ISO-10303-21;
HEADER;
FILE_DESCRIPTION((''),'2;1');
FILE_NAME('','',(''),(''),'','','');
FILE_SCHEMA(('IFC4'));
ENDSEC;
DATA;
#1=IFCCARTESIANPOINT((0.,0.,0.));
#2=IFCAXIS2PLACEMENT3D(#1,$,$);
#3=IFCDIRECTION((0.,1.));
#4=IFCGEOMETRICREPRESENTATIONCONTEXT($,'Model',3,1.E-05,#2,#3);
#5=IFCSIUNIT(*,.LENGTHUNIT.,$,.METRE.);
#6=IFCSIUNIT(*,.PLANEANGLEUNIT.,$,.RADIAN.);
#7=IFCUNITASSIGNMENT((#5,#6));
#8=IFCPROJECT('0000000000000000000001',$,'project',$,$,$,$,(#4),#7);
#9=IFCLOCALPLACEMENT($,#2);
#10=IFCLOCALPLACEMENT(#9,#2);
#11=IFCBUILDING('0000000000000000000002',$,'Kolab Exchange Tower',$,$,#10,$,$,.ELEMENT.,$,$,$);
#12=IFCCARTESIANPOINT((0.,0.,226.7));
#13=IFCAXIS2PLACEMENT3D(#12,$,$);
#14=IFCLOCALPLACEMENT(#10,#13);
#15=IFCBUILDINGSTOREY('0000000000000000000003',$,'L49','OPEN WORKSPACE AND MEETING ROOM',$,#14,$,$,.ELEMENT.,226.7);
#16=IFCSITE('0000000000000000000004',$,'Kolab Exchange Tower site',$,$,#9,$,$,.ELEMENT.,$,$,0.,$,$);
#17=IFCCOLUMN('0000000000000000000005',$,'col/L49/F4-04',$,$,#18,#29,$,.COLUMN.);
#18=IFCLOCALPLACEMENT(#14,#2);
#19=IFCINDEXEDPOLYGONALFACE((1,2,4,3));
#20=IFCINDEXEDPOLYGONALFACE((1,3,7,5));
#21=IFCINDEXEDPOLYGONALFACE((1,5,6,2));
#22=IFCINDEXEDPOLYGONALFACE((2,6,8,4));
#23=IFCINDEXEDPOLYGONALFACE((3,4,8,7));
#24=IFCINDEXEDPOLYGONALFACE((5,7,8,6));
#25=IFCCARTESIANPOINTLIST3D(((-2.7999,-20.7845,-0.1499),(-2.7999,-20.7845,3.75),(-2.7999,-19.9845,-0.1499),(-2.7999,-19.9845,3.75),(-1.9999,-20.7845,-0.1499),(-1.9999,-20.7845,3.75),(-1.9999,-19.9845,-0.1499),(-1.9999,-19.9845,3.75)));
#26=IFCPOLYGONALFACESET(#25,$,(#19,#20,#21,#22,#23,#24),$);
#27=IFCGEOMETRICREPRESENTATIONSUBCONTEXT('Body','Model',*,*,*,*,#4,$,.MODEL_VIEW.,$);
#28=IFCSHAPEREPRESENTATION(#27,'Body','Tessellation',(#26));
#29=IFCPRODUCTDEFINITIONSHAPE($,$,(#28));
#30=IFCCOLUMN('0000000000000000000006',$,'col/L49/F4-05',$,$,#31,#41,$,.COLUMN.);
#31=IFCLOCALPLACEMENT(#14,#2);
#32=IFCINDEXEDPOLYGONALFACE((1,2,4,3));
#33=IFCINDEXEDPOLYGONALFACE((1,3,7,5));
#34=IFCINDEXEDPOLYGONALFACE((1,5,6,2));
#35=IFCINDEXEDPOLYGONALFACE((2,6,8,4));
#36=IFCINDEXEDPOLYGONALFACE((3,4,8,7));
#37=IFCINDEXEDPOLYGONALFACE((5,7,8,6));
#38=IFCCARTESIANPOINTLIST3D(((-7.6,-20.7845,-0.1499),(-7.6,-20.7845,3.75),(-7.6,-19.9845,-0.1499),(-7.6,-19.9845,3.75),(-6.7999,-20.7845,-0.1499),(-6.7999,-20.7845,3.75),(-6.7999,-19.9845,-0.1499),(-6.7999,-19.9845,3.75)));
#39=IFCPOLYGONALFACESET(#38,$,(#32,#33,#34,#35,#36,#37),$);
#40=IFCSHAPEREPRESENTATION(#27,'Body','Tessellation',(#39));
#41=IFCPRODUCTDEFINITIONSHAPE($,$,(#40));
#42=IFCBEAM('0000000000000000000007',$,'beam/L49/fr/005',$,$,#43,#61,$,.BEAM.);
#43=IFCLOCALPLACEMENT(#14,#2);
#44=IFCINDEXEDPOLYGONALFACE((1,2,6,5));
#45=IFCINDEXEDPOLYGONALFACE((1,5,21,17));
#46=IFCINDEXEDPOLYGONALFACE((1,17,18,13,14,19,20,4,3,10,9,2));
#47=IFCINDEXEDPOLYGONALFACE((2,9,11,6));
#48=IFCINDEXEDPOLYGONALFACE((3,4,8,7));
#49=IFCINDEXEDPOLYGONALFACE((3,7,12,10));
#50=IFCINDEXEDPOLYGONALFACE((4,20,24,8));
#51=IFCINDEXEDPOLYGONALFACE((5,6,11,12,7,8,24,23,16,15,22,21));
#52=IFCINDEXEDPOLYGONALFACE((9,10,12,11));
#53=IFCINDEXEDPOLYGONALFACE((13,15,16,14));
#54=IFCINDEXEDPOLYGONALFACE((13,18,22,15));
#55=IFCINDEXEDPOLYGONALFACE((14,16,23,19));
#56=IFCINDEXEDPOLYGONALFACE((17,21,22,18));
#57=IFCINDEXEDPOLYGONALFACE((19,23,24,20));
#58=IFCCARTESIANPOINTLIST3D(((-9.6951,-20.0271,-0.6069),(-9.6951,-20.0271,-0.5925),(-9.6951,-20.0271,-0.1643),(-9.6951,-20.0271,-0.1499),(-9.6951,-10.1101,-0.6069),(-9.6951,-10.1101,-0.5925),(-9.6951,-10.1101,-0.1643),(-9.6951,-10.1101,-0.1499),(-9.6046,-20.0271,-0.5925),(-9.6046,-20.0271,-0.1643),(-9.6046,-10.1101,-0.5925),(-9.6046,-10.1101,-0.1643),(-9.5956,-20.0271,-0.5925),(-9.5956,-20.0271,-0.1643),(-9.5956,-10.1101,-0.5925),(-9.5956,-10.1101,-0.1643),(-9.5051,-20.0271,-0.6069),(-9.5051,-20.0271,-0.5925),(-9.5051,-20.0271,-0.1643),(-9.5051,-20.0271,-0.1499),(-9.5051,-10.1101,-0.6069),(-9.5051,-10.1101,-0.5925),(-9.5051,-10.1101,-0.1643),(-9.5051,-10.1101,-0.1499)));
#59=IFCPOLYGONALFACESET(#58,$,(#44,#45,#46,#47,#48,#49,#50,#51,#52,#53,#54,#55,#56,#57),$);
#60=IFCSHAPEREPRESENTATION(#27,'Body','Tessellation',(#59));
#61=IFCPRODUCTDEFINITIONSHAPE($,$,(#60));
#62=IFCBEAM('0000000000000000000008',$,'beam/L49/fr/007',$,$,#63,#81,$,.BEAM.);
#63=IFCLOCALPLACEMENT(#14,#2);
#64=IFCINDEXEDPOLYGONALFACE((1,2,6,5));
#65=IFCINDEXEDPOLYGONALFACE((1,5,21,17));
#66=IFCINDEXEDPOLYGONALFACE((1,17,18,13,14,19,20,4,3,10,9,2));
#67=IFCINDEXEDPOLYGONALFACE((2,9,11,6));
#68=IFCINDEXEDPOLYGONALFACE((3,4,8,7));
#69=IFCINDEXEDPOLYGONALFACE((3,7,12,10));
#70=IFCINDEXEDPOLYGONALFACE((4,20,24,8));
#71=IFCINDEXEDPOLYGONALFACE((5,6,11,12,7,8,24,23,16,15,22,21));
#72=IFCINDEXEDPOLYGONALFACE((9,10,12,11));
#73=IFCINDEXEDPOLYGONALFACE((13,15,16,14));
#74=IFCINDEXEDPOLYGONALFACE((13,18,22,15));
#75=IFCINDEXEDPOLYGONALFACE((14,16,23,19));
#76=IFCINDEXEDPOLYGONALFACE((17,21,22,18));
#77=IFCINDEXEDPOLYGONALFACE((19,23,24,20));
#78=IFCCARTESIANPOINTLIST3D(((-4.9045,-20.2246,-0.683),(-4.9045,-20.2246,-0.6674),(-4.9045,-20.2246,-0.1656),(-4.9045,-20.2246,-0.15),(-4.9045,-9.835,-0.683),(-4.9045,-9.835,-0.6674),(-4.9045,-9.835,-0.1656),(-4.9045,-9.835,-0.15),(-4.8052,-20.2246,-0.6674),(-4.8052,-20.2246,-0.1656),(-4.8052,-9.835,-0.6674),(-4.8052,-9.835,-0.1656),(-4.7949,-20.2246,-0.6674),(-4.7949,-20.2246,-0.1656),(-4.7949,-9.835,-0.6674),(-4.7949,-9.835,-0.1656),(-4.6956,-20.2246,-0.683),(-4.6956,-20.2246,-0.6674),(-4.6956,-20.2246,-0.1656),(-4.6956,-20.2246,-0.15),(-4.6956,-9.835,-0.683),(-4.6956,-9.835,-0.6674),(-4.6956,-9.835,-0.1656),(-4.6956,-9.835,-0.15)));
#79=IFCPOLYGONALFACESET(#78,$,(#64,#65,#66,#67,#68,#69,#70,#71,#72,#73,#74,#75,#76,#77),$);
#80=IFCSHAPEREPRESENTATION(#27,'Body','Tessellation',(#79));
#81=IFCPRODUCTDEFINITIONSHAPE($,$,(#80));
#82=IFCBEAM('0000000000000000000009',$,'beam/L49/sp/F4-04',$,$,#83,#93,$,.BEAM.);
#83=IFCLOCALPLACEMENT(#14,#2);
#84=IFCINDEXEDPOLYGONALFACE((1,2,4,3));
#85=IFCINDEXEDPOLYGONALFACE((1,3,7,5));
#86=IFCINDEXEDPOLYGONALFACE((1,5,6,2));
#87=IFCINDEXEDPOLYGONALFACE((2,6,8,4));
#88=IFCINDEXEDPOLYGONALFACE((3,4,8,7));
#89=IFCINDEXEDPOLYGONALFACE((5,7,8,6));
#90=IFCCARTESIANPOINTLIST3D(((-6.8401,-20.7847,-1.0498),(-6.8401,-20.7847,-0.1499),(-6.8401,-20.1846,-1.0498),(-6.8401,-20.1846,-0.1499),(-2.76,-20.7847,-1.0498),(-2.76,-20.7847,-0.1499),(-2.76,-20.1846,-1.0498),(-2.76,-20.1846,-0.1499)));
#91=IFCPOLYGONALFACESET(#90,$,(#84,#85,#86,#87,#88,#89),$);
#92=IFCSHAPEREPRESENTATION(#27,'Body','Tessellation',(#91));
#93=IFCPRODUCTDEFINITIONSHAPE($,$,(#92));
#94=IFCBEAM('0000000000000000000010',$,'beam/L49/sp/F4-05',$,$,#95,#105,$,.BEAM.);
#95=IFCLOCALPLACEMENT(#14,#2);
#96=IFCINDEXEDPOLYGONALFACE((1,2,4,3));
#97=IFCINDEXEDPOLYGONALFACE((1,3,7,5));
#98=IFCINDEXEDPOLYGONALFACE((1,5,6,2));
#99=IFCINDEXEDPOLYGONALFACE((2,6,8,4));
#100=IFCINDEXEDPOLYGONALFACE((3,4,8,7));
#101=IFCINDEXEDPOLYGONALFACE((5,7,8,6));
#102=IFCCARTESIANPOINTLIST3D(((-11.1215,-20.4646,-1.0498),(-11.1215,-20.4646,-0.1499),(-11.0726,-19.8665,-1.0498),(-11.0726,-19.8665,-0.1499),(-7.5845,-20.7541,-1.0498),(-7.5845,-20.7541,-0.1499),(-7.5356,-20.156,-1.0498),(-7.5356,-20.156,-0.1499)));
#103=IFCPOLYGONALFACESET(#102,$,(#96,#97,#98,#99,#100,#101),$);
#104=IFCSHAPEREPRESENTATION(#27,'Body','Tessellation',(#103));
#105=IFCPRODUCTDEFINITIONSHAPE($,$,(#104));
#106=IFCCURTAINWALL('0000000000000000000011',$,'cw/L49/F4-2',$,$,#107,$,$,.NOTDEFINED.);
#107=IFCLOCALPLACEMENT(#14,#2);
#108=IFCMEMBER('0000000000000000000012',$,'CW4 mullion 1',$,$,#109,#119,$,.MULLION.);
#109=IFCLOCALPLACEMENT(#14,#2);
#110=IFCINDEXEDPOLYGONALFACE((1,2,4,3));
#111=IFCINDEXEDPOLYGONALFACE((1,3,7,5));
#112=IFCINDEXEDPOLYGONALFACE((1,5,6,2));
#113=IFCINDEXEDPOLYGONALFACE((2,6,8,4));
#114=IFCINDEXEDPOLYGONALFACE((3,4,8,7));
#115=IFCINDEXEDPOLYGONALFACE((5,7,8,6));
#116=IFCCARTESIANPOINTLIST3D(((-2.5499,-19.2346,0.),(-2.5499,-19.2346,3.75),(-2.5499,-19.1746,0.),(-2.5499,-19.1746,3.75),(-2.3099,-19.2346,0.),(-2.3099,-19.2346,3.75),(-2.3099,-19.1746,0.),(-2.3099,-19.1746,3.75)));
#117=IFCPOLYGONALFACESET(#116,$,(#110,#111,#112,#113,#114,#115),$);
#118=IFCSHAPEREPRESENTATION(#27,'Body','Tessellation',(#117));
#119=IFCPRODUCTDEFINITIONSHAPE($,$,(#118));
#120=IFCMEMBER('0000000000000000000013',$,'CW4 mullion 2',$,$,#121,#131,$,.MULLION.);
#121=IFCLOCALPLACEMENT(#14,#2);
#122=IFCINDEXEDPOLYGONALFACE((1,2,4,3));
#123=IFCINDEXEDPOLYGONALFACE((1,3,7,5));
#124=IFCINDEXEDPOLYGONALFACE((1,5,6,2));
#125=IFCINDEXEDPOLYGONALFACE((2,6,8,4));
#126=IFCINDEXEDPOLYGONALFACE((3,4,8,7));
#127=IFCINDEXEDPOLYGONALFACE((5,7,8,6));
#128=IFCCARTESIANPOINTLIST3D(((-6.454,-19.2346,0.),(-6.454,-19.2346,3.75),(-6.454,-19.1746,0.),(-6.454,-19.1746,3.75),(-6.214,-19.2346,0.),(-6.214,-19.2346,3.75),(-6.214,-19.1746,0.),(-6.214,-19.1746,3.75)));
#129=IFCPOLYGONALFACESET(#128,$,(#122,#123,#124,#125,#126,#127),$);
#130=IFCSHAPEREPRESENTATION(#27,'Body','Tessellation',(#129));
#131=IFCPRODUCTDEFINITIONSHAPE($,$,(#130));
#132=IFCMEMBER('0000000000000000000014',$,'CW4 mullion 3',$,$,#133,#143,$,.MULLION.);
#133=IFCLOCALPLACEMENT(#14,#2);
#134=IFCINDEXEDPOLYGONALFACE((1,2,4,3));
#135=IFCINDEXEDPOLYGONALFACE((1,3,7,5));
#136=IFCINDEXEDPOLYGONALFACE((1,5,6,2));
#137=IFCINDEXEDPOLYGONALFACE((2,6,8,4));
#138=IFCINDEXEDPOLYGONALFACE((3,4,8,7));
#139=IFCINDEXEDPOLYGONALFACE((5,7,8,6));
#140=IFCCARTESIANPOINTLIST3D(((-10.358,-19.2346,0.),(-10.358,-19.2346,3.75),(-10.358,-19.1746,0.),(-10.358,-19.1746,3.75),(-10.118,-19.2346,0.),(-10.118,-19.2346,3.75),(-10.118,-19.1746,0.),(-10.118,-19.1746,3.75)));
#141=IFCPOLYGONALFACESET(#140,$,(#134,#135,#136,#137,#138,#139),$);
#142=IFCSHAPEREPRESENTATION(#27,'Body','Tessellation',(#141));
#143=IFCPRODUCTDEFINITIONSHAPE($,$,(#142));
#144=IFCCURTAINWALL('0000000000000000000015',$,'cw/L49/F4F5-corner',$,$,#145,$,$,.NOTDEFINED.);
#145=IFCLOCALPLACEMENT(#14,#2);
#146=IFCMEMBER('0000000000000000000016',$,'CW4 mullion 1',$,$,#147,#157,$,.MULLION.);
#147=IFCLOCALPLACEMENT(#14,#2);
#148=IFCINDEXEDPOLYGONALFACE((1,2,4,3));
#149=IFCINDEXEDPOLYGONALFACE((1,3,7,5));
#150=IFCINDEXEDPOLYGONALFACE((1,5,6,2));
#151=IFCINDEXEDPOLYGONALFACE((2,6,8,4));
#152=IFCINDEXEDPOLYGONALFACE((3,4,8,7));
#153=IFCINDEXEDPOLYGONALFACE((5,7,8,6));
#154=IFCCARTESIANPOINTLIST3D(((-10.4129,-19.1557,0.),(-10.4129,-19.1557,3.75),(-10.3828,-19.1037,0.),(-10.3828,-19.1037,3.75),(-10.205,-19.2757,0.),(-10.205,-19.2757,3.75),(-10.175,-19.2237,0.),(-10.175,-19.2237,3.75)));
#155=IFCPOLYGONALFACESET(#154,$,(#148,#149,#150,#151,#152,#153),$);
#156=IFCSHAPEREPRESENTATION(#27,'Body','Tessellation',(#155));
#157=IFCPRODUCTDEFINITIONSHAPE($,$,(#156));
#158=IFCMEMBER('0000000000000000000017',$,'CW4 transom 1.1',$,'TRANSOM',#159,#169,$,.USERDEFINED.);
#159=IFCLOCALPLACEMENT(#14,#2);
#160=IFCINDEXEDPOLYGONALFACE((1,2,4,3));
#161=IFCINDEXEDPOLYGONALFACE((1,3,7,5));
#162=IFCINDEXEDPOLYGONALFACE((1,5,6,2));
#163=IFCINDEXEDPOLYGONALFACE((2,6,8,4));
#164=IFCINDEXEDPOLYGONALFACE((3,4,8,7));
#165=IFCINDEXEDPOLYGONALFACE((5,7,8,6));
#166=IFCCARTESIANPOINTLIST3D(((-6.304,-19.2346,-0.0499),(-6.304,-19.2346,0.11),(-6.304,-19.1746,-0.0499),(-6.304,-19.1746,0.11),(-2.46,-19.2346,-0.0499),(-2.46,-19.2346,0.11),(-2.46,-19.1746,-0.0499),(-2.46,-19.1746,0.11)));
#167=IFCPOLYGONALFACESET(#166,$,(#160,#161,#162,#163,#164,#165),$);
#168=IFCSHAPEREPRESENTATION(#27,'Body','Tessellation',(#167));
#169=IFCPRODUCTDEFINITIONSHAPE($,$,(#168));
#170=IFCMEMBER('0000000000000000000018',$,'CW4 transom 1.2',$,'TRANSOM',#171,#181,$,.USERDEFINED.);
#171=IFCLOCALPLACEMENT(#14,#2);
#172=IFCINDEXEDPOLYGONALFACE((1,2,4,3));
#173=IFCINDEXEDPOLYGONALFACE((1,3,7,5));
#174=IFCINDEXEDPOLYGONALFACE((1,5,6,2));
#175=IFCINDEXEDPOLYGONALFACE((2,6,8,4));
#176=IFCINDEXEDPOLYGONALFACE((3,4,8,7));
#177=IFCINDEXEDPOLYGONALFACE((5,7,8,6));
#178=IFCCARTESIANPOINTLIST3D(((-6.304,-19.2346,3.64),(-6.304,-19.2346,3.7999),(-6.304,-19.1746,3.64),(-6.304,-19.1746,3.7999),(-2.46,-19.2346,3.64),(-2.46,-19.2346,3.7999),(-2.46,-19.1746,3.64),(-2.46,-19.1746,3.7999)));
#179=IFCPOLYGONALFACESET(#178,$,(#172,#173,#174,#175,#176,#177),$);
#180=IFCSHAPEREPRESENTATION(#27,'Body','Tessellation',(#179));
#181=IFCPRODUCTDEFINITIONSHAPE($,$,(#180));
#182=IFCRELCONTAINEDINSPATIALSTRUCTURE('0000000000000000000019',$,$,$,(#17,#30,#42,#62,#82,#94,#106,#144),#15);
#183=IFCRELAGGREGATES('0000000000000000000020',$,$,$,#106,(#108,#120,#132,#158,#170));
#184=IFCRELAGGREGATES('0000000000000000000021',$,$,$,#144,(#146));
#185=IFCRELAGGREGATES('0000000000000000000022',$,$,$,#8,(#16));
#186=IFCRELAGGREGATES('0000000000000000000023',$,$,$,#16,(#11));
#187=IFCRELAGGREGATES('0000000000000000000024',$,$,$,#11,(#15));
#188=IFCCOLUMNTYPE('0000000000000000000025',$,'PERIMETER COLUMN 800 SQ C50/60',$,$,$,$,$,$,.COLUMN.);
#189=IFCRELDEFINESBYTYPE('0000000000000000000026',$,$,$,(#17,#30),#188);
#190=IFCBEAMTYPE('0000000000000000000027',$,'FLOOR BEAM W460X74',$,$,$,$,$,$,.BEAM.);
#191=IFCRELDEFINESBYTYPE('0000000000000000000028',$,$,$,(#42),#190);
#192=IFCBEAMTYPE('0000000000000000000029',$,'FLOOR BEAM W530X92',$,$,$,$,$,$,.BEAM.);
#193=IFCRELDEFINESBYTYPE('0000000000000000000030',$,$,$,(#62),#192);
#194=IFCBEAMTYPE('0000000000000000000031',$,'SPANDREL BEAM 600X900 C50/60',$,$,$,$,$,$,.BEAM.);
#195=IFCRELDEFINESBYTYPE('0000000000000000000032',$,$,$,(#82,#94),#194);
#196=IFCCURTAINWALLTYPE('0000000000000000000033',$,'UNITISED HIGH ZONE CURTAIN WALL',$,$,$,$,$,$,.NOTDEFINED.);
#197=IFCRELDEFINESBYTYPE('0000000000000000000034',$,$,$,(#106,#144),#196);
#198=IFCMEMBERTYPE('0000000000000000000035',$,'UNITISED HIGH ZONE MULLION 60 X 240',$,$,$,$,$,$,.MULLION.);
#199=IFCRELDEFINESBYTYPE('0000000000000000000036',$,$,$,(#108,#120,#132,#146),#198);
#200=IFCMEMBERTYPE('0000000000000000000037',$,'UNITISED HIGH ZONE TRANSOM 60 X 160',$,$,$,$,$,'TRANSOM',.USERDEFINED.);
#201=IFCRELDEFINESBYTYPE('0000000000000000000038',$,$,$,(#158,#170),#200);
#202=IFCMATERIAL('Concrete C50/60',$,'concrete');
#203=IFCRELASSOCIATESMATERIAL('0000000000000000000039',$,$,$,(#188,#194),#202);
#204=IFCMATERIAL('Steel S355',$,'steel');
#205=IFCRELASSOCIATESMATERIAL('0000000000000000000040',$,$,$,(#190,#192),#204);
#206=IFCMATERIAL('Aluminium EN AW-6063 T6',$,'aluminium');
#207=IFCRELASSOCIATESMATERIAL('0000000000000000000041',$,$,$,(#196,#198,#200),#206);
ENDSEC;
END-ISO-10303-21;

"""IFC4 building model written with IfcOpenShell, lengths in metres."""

from ifc_helpers import new_model, si_unit, direction, frame, origin, origin_2d, place, context, subcontext, project, spatial, rectangle, i_section, extrude, material, material_profile, profile_set, type_object, element, aggregate, save


model = new_model("IFC4")

# Units and contexts
model_context = context("Model", 3, precision=1e-05, world=origin(), true_north=direction((0.0, 1.0)))
body_context = subcontext(model_context, "Body", "Model", "MODEL_VIEW")
ifc_project = project(units=[si_unit("LENGTHUNIT", "METRE"), si_unit("PLANEANGLEUNIT", "RADIAN")], contexts=[model_context])

# Site, building, storey
site_placement = place(None, origin())
site = spatial("IfcSite", under=ifc_project, at=site_placement, Name="Kolab Exchange Tower site", CompositionType="ELEMENT", RefElevation=0.0)
building_placement = place(site_placement, origin())
building = spatial("IfcBuilding", under=site, at=building_placement, Name="Kolab Exchange Tower", CompositionType="ELEMENT")
storey_placement = place(building_placement, frame((0.0, 0.0, 226.7)))
storey = spatial("IfcBuildingStorey", under=building, at=storey_placement, Name="L49", Description="OPEN WORKSPACE AND MEETING ROOM", CompositionType="ELEMENT", Elevation=226.7)

# Columns
ifc_material_1 = material(Name="Concrete C50/60", Category="concrete")
ifc_material_profile_1 = material_profile(ifc_material_1, rectangle(XDim=0.8, YDim=0.8, at=origin_2d()), Name="RC800")
ifc_profile_set_1 = profile_set([ifc_material_profile_1], Name="Concrete C50/60")
column_type = type_object("IfcColumnType", Name="PERIMETER COLUMN 800 SQ C50/60", PredefinedType="COLUMN", material=ifc_profile_set_1)
for number, where, z_axis, x_axis, name in (
    (1, (-2.3999, -20.3845, -0.1499), (0.0, 0.0, 1.0), (1.0, 0.0, 0.0), "col/L49/F4-04"),
    (2, (-7.2, -20.3845, -0.1499), (0.0, 0.0, 1.0), (1.0, 0.0, 0.0), "col/L49/F4-05"),
):
    element("IfcColumn", number, at=place(storey_placement, frame(where, z_axis=z_axis, x_axis=x_axis)), inside=storey, type_object=column_type, Name=name, PredefinedType="COLUMN", context=body_context, shape_type="SweptSolid", body=[
        extrude(rectangle(XDim=0.8, YDim=0.8, at=origin_2d()), origin(), (0.0, 0.0, 1.0), 3.8999),
    ])

# Beams
ifc_material_2 = material(Name="Steel S355", Category="steel")
ifc_material_profile_2 = material_profile(ifc_material_2, i_section(OverallWidth=0.1899, OverallDepth=0.457, WebThickness=0.009, FlangeThickness=0.0144, at=origin_2d()), Name="W460X74")
ifc_profile_set_2 = profile_set([ifc_material_profile_2], Name="Steel S355")
beam_type_1 = type_object("IfcBeamType", Name="FLOOR BEAM W460X74", PredefinedType="BEAM", material=ifc_profile_set_2)
beam_1_placement = place(storey_placement, frame((-9.6001, -20.0271, -0.3784), z_axis=(0.0, 1.0, 0.0), x_axis=(-1.0, 0.0, 0.0)))
element("IfcBeam", 3, at=beam_1_placement, inside=storey, type_object=beam_type_1, Name="beam/L49/fr/005", PredefinedType="BEAM", context=body_context, shape_type="SweptSolid", body=[
    extrude(i_section(OverallWidth=0.1899, OverallDepth=0.457, WebThickness=0.009, FlangeThickness=0.0144, at=origin_2d()), origin(), (0.0, 0.0, 1.0), 9.917),
])
ifc_material_profile_3 = material_profile(ifc_material_2, i_section(OverallWidth=0.209, OverallDepth=0.533, WebThickness=0.0103, FlangeThickness=0.0156, at=origin_2d()), Name="W530X92")
ifc_profile_set_3 = profile_set([ifc_material_profile_3], Name="Steel S355")
beam_type_2 = type_object("IfcBeamType", Name="FLOOR BEAM W530X92", PredefinedType="BEAM", material=ifc_profile_set_3)
beam_2_placement = place(storey_placement, frame((-4.8, -20.2246, -0.4165), z_axis=(0.0, 1.0, 0.0), x_axis=(-1.0, 0.0, 0.0)))
element("IfcBeam", 4, at=beam_2_placement, inside=storey, type_object=beam_type_2, Name="beam/L49/fr/007", PredefinedType="BEAM", context=body_context, shape_type="SweptSolid", body=[
    extrude(i_section(OverallWidth=0.209, OverallDepth=0.533, WebThickness=0.0103, FlangeThickness=0.0156, at=origin_2d()), origin(), (0.0, 0.0, 1.0), 10.3896),
])
ifc_material_profile_4 = material_profile(ifc_material_1, rectangle(XDim=0.6001, YDim=0.8999, at=origin_2d()), Name="RC600X900")
ifc_profile_set_4 = profile_set([ifc_material_profile_4], Name="Concrete C50/60")
beam_type_3 = type_object("IfcBeamType", Name="SPANDREL BEAM 600X900 C50/60", PredefinedType="BEAM", material=ifc_profile_set_4)
beam_3_placement = place(storey_placement, frame((-2.76, -20.4846, -0.5999), z_axis=(-1.0, 0.0, 0.0), x_axis=(0.0, -1.0, 0.0)))
element("IfcBeam", 5, at=beam_3_placement, inside=storey, type_object=beam_type_3, Name="beam/L49/sp/F4-04", PredefinedType="BEAM", context=body_context, shape_type="SweptSolid", body=[
    extrude(rectangle(XDim=0.6001, YDim=0.8999, at=origin_2d()), origin(), (0.0, 0.0, 1.0), 4.0801),
])
beam_4_placement = place(storey_placement, frame((-7.5601, -20.4551, -0.5999), z_axis=(-0.996666, 0.081588, 0.0), x_axis=(-0.081588, -0.996666, 0.0)))
element("IfcBeam", 6, at=beam_4_placement, inside=storey, type_object=beam_type_3, Name="beam/L49/sp/F4-05", PredefinedType="BEAM", context=body_context, shape_type="SweptSolid", body=[
    extrude(rectangle(XDim=0.6001, YDim=0.8999, at=origin_2d()), origin(), (0.0, 0.0, 1.0), 3.5488),
])

# Curtain wall, members
ifc_material_3 = material(Name="Aluminium EN AW-6063 T6", Category="aluminium")
curtain_wall_type = type_object("IfcCurtainWallType", Name="UNITISED HIGH ZONE CURTAIN WALL", PredefinedType="NOTDEFINED", material=ifc_material_3)
curtain_wall_1_placement = place(storey_placement, origin())
curtain_wall_1 = element("IfcCurtainWall", 7, at=curtain_wall_1_placement, inside=storey, type_object=curtain_wall_type, Name="cw/L49/F4-2", PredefinedType="NOTDEFINED")
ifc_material_profile_5 = material_profile(ifc_material_3, rectangle(XDim=0.0601, YDim=0.24, at=origin_2d()), Name="RECT 60X240")
ifc_profile_set_5 = profile_set([ifc_material_profile_5], Name="Aluminium EN AW-6063 T6")
member_type_1 = type_object("IfcMemberType", Name="UNITISED HIGH ZONE MULLION 60 X 240", PredefinedType="MULLION", material=ifc_profile_set_5)
member_1_placement = place(storey_placement, frame((-2.4299, -19.2046, 0.0), z_axis=(0.0, 0.0, 1.0), x_axis=(0.0, -1.0, 0.0)))
member_1 = element("IfcMember", 8, at=member_1_placement, type_object=member_type_1, Name="CW4 mullion 1", PredefinedType="MULLION", context=body_context, shape_type="SweptSolid", body=[
    extrude(rectangle(XDim=0.0601, YDim=0.24, at=origin_2d()), origin(), (0.0, 0.0, 1.0), 3.75),
])
member_2_placement = place(storey_placement, frame((-6.334, -19.2046, 0.0), z_axis=(0.0, 0.0, 1.0), x_axis=(0.0, -1.0, 0.0)))
member_2 = element("IfcMember", 9, at=member_2_placement, type_object=member_type_1, Name="CW4 mullion 2", PredefinedType="MULLION", context=body_context, shape_type="SweptSolid", body=[
    extrude(rectangle(XDim=0.0601, YDim=0.24, at=origin_2d()), origin(), (0.0, 0.0, 1.0), 3.75),
])
member_3_placement = place(storey_placement, frame((-10.238, -19.2046, 0.0), z_axis=(0.0, 0.0, 1.0), x_axis=(0.0, -1.0, 0.0)))
member_3 = element("IfcMember", 10, at=member_3_placement, type_object=member_type_1, Name="CW4 mullion 3", PredefinedType="MULLION", context=body_context, shape_type="SweptSolid", body=[
    extrude(rectangle(XDim=0.0601, YDim=0.24, at=origin_2d()), origin(), (0.0, 0.0, 1.0), 3.75),
])

# Curtain wall, member
curtain_wall_2_placement = place(storey_placement, origin())
curtain_wall_2 = element("IfcCurtainWall", 11, at=curtain_wall_2_placement, inside=storey, type_object=curtain_wall_type, Name="cw/L49/F4F5-corner", PredefinedType="NOTDEFINED")
member_4_placement = place(storey_placement, frame((-10.2939, -19.1897, 0.0), z_axis=(0.0, 0.0, 1.0), x_axis=(-0.5, -0.866025, 0.0)))
member_4 = element("IfcMember", 12, at=member_4_placement, type_object=member_type_1, Name="CW4 mullion 1", PredefinedType="MULLION", context=body_context, shape_type="SweptSolid", body=[
    extrude(rectangle(XDim=0.0601, YDim=0.24, at=origin_2d()), origin(), (0.0, 0.0, 1.0), 3.75),
])

# Members
ifc_material_profile_6 = material_profile(ifc_material_3, rectangle(XDim=0.0601, YDim=0.1599, at=origin_2d()), Name="RECT 60X160")
ifc_profile_set_6 = profile_set([ifc_material_profile_6], Name="Aluminium EN AW-6063 T6")
member_type_2 = type_object("IfcMemberType", Name="UNITISED HIGH ZONE TRANSOM 60 X 160", ElementType="TRANSOM", PredefinedType="USERDEFINED", material=ifc_profile_set_6)
member_5_placement = place(storey_placement, frame((-2.46, -19.2046, 0.03), z_axis=(-1.0, 0.0, 0.0), x_axis=(0.0, -1.0, 0.0)))
member_5 = element("IfcMember", 13, at=member_5_placement, type_object=member_type_2, Name="CW4 transom 1.1", ObjectType="TRANSOM", PredefinedType="USERDEFINED", context=body_context, shape_type="SweptSolid", body=[
    extrude(rectangle(XDim=0.0601, YDim=0.1599, at=origin_2d()), origin(), (0.0, 0.0, 1.0), 3.844),
])
member_6_placement = place(storey_placement, frame((-2.46, -19.2046, 3.72), z_axis=(-1.0, 0.0, 0.0), x_axis=(0.0, -1.0, 0.0)))
member_6 = element("IfcMember", 14, at=member_6_placement, type_object=member_type_2, Name="CW4 transom 1.2", ObjectType="TRANSOM", PredefinedType="USERDEFINED", context=body_context, shape_type="SweptSolid", body=[
    extrude(rectangle(XDim=0.0601, YDim=0.1599, at=origin_2d()), origin(), (0.0, 0.0, 1.0), 3.844),
])

aggregate(curtain_wall_1, [member_1, member_2, member_3, member_5, member_6])
aggregate(curtain_wall_2, [member_4])

save(model, "model.ifc")
